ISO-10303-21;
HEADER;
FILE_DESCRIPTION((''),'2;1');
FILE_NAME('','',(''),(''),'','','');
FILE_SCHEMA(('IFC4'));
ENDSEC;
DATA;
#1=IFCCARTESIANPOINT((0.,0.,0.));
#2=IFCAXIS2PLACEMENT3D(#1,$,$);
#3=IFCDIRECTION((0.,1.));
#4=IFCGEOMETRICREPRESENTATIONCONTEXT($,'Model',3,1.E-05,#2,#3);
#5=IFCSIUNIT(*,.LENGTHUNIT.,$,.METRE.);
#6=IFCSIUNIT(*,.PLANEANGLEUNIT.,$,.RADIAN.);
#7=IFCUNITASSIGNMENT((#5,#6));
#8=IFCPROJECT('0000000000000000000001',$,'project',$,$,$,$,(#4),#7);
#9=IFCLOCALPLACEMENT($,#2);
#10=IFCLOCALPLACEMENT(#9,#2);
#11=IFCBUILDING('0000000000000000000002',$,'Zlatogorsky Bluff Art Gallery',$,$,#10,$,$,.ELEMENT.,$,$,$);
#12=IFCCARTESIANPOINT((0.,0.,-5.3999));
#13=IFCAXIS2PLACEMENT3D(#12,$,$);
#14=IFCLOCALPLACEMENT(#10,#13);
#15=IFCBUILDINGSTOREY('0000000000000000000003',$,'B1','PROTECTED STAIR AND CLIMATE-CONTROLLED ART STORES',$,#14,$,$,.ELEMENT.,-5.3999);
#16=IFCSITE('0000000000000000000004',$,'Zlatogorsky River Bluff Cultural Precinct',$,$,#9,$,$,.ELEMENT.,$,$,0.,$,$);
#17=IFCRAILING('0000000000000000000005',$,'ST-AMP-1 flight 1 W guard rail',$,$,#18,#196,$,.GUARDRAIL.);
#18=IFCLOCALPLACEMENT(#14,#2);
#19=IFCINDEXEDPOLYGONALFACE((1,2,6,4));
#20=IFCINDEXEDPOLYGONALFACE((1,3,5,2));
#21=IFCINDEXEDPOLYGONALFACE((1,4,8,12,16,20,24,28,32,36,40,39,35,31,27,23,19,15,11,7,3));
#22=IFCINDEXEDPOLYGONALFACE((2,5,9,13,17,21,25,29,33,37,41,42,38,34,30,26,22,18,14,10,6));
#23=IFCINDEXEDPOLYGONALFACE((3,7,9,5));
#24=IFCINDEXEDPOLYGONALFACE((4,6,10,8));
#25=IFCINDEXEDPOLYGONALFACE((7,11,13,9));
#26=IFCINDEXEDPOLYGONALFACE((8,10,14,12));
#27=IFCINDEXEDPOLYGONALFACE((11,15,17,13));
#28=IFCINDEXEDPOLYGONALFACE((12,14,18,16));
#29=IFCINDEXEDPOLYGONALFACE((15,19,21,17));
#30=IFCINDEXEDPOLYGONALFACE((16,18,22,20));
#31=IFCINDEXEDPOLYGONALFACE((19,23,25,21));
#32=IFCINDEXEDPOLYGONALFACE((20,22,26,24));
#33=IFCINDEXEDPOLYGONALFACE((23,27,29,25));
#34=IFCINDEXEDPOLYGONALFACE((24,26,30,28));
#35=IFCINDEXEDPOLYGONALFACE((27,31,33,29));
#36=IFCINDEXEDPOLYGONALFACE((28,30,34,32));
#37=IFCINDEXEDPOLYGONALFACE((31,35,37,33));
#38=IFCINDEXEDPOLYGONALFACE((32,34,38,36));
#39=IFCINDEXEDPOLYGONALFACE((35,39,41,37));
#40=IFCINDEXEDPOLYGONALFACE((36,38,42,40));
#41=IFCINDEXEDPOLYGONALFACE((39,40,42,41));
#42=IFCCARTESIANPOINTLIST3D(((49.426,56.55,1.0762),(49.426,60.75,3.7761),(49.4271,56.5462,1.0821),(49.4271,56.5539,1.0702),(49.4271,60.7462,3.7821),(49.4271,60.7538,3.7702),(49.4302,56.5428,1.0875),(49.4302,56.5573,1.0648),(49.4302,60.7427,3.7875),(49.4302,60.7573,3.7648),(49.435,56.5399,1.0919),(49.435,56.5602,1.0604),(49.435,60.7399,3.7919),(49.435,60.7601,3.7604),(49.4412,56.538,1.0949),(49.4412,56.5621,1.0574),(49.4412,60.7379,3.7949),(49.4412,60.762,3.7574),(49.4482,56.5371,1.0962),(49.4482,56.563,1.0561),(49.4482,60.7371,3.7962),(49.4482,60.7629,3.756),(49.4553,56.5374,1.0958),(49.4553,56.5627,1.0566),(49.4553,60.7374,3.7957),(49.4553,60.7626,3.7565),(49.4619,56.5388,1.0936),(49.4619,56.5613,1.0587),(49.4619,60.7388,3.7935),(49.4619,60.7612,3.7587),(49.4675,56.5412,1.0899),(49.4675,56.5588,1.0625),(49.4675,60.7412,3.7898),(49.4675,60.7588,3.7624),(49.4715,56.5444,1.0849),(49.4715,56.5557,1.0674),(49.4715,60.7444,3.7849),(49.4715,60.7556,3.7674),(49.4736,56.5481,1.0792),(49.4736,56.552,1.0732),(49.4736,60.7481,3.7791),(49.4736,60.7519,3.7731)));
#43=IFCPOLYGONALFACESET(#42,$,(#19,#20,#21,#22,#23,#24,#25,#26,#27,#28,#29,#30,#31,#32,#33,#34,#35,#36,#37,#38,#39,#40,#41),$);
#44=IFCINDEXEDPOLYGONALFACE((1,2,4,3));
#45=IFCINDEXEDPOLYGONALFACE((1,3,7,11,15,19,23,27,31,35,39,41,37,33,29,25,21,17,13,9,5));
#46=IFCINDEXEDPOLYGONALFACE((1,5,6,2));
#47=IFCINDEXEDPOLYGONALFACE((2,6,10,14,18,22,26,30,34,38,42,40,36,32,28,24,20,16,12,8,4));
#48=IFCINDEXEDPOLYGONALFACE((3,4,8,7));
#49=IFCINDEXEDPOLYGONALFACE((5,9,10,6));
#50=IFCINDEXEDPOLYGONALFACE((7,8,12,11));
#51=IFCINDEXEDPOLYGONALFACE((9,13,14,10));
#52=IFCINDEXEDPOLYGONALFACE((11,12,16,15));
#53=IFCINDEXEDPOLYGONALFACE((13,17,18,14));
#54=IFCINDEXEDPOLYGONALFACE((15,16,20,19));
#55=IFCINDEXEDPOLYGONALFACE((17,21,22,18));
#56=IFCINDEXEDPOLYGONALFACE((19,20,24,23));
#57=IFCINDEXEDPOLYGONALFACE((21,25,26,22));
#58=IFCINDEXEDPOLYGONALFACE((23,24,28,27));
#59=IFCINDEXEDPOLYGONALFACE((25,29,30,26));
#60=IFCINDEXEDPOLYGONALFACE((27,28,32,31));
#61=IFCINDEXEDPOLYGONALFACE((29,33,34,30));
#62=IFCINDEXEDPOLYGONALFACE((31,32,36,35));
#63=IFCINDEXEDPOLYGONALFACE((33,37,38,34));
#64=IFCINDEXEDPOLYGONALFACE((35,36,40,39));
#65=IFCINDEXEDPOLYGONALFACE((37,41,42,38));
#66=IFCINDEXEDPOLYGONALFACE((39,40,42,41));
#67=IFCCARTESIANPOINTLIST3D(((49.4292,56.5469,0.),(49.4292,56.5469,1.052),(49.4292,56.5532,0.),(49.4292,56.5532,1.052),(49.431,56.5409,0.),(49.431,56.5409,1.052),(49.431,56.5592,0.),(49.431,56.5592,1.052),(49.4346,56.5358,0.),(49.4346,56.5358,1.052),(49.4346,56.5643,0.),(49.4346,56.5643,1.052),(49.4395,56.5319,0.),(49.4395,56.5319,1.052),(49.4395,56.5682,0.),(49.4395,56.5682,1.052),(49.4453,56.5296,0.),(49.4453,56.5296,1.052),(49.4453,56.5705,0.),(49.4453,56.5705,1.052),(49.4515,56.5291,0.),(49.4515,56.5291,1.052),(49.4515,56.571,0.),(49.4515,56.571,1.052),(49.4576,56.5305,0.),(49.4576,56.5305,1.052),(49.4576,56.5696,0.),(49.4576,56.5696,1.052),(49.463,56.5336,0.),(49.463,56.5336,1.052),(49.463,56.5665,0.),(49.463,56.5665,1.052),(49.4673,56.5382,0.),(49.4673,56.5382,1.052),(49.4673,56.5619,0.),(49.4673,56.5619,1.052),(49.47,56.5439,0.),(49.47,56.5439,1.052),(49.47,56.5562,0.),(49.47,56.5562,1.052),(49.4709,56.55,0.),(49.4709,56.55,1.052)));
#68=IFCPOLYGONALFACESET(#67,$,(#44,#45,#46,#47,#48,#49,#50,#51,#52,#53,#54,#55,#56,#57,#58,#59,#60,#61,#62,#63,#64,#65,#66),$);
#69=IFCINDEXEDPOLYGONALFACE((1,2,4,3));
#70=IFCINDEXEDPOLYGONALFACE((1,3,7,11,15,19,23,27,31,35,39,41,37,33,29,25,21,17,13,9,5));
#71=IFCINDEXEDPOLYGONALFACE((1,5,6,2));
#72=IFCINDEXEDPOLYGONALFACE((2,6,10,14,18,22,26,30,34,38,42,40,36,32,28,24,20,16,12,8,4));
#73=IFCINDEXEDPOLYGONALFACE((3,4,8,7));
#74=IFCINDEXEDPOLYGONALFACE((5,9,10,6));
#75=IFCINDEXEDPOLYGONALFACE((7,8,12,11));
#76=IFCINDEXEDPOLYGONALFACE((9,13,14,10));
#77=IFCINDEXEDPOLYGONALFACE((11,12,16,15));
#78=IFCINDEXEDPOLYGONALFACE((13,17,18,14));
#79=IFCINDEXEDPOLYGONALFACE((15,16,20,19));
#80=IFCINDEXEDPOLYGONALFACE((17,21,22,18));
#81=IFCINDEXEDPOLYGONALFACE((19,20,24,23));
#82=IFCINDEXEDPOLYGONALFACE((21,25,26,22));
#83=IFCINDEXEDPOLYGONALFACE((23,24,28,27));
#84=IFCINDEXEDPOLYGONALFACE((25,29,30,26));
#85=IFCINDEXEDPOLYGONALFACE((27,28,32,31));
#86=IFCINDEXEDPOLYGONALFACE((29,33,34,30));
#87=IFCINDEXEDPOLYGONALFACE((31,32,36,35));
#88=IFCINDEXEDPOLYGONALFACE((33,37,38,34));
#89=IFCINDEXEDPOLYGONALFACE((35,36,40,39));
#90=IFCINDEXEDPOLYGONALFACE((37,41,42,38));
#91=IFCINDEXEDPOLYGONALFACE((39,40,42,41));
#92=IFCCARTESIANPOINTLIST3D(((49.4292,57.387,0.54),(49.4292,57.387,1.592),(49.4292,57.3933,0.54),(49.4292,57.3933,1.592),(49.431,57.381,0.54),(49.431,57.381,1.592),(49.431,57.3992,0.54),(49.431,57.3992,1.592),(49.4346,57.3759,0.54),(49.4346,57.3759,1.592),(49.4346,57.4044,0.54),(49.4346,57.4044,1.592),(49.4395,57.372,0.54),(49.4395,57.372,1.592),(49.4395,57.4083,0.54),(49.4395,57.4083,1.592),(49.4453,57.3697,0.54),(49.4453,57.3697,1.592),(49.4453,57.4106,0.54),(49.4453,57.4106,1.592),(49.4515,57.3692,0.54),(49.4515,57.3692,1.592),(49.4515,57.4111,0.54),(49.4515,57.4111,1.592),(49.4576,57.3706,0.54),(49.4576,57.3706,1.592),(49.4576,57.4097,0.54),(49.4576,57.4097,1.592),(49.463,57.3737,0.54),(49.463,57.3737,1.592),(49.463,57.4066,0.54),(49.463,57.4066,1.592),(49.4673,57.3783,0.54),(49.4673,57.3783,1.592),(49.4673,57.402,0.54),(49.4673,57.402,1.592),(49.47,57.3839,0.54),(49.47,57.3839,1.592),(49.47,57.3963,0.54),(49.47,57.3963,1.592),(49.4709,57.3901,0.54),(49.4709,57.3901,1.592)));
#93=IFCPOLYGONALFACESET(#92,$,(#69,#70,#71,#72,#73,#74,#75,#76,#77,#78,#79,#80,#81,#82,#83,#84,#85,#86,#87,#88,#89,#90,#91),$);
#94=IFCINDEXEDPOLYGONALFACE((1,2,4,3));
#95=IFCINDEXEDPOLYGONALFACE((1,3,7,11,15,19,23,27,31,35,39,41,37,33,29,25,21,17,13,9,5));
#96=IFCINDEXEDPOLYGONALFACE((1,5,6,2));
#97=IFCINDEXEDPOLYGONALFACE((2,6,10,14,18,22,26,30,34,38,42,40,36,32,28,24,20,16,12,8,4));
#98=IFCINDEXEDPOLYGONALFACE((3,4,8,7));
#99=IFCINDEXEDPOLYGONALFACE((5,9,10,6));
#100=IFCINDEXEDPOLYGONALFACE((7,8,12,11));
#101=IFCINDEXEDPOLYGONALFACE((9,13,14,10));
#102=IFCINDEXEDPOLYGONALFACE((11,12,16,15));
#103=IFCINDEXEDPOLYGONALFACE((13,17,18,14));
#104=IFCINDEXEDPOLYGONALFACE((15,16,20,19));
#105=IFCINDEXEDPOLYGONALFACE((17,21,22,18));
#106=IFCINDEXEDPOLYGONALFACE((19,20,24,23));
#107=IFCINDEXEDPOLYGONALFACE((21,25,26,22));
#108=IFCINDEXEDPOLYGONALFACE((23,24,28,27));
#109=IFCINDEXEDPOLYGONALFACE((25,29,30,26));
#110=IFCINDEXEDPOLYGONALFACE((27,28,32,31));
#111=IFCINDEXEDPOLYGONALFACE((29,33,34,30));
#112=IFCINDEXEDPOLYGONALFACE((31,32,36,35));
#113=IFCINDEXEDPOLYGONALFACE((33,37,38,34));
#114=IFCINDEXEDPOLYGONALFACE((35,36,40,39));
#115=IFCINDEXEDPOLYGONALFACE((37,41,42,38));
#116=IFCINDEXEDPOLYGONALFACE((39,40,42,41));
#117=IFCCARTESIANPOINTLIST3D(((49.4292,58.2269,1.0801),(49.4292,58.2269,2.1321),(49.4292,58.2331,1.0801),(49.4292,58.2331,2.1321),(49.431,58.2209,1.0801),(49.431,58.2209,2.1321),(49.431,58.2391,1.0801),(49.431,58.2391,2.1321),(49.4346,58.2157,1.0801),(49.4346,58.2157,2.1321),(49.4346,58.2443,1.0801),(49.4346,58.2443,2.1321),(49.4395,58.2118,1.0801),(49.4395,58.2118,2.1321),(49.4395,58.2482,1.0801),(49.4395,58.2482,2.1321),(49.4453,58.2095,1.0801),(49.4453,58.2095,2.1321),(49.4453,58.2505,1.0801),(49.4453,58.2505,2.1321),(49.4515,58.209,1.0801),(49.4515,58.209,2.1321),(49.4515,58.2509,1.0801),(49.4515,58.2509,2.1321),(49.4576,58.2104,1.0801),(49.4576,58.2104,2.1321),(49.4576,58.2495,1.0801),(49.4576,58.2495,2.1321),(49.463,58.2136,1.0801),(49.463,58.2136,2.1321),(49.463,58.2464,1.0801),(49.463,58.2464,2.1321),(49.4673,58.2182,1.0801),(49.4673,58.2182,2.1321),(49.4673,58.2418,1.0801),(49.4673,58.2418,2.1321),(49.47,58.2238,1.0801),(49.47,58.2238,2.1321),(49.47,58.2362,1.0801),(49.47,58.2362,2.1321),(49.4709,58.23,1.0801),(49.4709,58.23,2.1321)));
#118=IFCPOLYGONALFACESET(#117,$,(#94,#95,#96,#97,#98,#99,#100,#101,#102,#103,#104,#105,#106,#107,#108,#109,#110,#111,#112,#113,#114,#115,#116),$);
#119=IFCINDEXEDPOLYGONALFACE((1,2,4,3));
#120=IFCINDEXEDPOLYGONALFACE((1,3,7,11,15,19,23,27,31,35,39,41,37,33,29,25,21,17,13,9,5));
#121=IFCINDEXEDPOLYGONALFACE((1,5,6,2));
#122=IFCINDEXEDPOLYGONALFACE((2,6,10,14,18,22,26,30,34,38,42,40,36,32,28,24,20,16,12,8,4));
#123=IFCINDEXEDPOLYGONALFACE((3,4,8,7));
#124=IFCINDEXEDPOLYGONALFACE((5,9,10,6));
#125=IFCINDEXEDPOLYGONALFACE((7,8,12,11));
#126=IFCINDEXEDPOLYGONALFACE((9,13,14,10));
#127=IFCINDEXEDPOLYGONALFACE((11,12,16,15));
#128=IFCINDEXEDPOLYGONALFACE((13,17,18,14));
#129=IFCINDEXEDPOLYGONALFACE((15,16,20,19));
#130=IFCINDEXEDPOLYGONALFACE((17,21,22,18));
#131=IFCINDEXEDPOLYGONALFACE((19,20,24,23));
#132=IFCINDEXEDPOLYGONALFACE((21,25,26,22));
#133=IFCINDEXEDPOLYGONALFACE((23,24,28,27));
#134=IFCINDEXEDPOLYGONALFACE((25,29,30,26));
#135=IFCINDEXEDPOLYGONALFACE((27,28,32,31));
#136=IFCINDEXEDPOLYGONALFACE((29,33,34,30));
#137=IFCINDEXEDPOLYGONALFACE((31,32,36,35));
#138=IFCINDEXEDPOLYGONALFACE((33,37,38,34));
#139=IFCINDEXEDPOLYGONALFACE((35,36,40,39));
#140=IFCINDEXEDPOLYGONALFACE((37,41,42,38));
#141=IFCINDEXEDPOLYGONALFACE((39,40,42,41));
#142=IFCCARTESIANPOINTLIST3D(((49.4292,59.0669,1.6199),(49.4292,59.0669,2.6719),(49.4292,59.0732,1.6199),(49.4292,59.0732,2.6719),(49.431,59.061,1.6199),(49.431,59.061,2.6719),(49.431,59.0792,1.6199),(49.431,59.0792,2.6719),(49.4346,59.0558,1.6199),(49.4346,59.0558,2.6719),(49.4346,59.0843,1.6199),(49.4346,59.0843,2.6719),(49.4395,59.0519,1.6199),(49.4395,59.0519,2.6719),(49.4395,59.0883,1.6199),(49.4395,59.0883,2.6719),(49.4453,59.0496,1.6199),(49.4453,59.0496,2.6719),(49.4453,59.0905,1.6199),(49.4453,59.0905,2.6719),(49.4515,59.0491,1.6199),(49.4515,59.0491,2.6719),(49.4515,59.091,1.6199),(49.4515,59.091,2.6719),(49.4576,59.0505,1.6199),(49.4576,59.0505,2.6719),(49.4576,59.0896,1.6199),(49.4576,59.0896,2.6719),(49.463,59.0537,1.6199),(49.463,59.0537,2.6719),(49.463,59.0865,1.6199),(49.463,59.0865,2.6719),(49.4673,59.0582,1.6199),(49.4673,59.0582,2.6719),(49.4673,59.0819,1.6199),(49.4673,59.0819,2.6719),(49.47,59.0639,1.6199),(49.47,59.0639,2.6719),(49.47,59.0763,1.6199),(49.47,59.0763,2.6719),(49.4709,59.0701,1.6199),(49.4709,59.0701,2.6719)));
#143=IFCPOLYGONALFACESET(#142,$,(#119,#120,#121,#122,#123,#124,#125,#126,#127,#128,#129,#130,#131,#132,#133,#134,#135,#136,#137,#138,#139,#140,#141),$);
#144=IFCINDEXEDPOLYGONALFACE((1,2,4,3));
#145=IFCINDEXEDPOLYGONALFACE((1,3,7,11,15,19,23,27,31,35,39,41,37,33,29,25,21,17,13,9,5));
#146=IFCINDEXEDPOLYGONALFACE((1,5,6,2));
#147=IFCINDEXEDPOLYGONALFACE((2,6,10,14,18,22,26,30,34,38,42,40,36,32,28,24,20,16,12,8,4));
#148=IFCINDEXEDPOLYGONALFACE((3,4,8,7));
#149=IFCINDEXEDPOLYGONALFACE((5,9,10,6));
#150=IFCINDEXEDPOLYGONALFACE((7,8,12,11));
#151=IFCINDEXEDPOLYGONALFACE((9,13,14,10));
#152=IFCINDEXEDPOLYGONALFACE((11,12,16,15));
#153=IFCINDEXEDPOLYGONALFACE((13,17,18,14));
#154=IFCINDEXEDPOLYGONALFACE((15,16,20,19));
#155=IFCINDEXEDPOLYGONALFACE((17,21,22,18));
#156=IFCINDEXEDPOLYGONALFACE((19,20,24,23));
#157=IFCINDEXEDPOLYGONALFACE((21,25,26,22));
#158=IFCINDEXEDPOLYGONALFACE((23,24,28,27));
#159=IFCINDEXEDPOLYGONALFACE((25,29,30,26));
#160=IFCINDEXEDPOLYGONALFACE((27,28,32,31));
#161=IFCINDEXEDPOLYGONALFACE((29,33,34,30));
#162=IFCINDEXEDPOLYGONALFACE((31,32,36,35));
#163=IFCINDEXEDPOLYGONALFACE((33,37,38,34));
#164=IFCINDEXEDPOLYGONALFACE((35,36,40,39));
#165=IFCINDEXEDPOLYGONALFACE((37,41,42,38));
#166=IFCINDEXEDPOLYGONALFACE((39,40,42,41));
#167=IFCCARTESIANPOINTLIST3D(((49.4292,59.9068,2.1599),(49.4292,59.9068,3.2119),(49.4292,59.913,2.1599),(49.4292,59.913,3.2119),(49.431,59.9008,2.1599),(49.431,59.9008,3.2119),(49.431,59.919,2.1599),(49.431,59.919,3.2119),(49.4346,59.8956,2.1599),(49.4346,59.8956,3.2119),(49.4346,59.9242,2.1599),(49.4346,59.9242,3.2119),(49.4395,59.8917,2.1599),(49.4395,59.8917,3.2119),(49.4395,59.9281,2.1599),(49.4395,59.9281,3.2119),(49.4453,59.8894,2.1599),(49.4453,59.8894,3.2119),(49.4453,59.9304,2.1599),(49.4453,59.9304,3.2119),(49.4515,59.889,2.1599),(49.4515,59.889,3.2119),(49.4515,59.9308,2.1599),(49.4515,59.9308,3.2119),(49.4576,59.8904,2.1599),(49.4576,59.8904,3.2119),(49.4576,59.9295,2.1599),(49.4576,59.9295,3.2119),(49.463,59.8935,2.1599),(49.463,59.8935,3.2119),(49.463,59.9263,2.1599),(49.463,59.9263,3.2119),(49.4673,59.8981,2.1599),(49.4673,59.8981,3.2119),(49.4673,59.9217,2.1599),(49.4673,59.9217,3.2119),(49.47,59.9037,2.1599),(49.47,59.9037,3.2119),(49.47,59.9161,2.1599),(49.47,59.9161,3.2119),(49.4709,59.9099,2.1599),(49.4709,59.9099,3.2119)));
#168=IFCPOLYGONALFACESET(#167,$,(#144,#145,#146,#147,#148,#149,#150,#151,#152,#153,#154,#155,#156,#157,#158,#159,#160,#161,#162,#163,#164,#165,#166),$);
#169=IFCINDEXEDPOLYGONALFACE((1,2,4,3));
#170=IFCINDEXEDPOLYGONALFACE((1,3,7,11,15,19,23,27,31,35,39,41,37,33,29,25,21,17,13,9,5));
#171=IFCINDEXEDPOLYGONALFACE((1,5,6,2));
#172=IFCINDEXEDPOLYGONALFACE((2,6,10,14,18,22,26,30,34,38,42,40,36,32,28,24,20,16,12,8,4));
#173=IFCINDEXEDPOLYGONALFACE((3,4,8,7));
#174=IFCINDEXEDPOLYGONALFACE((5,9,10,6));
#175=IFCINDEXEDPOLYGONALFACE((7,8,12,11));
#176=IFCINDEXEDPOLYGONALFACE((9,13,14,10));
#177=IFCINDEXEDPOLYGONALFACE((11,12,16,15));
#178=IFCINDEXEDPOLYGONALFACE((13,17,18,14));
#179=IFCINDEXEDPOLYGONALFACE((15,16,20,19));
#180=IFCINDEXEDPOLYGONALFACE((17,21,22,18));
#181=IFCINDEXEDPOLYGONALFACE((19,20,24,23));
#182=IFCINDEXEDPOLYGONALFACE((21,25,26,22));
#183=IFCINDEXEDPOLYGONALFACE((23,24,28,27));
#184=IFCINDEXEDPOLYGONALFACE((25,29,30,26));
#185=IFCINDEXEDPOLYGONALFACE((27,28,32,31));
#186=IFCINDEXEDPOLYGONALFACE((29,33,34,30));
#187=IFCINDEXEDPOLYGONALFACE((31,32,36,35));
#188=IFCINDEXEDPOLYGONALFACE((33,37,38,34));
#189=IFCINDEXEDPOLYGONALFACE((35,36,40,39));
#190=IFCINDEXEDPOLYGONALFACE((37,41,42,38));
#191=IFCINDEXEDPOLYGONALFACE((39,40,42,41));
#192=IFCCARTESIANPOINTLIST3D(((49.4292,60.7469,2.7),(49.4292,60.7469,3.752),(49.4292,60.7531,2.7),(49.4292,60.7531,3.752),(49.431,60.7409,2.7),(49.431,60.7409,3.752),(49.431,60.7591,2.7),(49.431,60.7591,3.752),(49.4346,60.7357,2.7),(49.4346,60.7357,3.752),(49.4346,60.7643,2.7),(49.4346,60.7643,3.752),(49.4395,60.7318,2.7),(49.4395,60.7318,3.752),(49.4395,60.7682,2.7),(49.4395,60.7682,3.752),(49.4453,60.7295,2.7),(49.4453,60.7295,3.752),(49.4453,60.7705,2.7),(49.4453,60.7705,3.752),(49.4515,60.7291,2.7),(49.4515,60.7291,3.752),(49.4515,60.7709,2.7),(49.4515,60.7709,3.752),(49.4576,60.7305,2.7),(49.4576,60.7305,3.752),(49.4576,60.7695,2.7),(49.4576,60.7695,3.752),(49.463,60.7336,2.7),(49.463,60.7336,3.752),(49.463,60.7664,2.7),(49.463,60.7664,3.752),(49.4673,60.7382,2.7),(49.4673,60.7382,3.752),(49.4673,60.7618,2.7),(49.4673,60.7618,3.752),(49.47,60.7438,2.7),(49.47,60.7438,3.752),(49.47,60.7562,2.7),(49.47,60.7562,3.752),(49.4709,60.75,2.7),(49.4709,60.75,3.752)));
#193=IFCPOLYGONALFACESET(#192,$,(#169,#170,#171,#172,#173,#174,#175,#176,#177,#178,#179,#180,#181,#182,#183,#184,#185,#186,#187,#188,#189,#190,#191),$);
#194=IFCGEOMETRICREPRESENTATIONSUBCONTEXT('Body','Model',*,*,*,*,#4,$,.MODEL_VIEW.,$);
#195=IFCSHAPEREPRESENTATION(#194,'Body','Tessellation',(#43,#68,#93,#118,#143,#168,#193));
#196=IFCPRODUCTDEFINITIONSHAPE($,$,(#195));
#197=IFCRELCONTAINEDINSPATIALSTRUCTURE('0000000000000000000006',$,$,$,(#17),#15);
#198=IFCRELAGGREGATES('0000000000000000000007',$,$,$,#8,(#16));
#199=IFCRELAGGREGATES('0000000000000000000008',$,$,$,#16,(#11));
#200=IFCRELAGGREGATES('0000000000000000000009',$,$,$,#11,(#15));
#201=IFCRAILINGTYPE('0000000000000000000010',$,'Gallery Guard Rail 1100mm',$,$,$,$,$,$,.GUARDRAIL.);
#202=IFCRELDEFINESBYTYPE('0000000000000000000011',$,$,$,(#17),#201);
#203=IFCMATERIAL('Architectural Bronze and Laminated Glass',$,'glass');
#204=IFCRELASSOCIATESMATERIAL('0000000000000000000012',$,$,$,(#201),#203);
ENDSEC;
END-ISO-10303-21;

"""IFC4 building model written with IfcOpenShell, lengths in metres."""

from ifc_helpers import new_model, si_unit, direction, frame, origin, origin_2d, place, context, subcontext, project, spatial, circle, extrude, material, type_object, element, save


model = new_model("IFC4")

# Units and contexts
model_context = context("Model", 3, precision=1e-05, world=origin(), true_north=direction((0.0, 1.0)))
body_context = subcontext(model_context, "Body", "Model", "MODEL_VIEW")
ifc_project = project(units=[si_unit("LENGTHUNIT", "METRE"), si_unit("PLANEANGLEUNIT", "RADIAN")], contexts=[model_context])

# Site, building, storey
site_placement = place(None, origin())
site = spatial("IfcSite", under=ifc_project, at=site_placement, Name="Zlatogorsky River Bluff Cultural Precinct", CompositionType="ELEMENT", RefElevation=0.0)
building_placement = place(site_placement, origin())
building = spatial("IfcBuilding", under=site, at=building_placement, Name="Zlatogorsky Bluff Art Gallery", CompositionType="ELEMENT")
storey_placement = place(building_placement, frame((0.0, 0.0, -5.3999)))
storey = spatial("IfcBuildingStorey", under=building, at=storey_placement, Name="B1", Description="PROTECTED STAIR AND CLIMATE-CONTROLLED ART STORES", CompositionType="ELEMENT", Elevation=-5.3999)

# Railing
ifc_material_1 = material(Name="Architectural Bronze and Laminated Glass", Category="glass")
railing_type_1 = type_object("IfcRailingType", Name="Gallery Guard Rail 1100mm", PredefinedType="GUARDRAIL", material=ifc_material_1)
for number, where, name in (
    (1, (49.45, 56.55, 0.0), "ST-AMP-1 flight 1 W guard rail"),
):
    element("IfcRailing", number, at=place(storey_placement, frame(where)), inside=storey, type_object=railing_type_1, Name=name, PredefinedType="GUARDRAIL", context=body_context, shape_type="SweptSolid", body=[
        extrude(circle(Radius=0.0239, at=origin_2d()), frame((0.0, 0.0, 1.0762), z_axis=(0.0, 0.84118, 0.540755), x_axis=(-1.0, 0.0, 0.0)), (0.0, 0.0, 1.0), 4.9929),
        extrude(circle(Radius=0.021, at=origin_2d()), origin(), (0.0, 0.0, 1.0), 1.052),
        extrude(circle(Radius=0.021, at=origin_2d()), frame((0.0, 0.8401, 0.54)), (0.0, 0.0, 1.0), 1.052),
        extrude(circle(Radius=0.021, at=origin_2d()), frame((0.0, 1.6799, 1.0801)), (0.0, 0.0, 1.0), 1.052),
        extrude(circle(Radius=0.021, at=origin_2d()), frame((0.0, 2.52, 1.6199)), (0.0, 0.0, 1.0), 1.052),
        extrude(circle(Radius=0.021, at=origin_2d()), frame((0.0, 3.3599, 2.1599)), (0.0, 0.0, 1.0), 1.052),
        extrude(circle(Radius=0.021, at=origin_2d()), frame((0.0, 4.2, 2.7)), (0.0, 0.0, 1.0), 1.052),
    ])

save(model, "model.ifc")
